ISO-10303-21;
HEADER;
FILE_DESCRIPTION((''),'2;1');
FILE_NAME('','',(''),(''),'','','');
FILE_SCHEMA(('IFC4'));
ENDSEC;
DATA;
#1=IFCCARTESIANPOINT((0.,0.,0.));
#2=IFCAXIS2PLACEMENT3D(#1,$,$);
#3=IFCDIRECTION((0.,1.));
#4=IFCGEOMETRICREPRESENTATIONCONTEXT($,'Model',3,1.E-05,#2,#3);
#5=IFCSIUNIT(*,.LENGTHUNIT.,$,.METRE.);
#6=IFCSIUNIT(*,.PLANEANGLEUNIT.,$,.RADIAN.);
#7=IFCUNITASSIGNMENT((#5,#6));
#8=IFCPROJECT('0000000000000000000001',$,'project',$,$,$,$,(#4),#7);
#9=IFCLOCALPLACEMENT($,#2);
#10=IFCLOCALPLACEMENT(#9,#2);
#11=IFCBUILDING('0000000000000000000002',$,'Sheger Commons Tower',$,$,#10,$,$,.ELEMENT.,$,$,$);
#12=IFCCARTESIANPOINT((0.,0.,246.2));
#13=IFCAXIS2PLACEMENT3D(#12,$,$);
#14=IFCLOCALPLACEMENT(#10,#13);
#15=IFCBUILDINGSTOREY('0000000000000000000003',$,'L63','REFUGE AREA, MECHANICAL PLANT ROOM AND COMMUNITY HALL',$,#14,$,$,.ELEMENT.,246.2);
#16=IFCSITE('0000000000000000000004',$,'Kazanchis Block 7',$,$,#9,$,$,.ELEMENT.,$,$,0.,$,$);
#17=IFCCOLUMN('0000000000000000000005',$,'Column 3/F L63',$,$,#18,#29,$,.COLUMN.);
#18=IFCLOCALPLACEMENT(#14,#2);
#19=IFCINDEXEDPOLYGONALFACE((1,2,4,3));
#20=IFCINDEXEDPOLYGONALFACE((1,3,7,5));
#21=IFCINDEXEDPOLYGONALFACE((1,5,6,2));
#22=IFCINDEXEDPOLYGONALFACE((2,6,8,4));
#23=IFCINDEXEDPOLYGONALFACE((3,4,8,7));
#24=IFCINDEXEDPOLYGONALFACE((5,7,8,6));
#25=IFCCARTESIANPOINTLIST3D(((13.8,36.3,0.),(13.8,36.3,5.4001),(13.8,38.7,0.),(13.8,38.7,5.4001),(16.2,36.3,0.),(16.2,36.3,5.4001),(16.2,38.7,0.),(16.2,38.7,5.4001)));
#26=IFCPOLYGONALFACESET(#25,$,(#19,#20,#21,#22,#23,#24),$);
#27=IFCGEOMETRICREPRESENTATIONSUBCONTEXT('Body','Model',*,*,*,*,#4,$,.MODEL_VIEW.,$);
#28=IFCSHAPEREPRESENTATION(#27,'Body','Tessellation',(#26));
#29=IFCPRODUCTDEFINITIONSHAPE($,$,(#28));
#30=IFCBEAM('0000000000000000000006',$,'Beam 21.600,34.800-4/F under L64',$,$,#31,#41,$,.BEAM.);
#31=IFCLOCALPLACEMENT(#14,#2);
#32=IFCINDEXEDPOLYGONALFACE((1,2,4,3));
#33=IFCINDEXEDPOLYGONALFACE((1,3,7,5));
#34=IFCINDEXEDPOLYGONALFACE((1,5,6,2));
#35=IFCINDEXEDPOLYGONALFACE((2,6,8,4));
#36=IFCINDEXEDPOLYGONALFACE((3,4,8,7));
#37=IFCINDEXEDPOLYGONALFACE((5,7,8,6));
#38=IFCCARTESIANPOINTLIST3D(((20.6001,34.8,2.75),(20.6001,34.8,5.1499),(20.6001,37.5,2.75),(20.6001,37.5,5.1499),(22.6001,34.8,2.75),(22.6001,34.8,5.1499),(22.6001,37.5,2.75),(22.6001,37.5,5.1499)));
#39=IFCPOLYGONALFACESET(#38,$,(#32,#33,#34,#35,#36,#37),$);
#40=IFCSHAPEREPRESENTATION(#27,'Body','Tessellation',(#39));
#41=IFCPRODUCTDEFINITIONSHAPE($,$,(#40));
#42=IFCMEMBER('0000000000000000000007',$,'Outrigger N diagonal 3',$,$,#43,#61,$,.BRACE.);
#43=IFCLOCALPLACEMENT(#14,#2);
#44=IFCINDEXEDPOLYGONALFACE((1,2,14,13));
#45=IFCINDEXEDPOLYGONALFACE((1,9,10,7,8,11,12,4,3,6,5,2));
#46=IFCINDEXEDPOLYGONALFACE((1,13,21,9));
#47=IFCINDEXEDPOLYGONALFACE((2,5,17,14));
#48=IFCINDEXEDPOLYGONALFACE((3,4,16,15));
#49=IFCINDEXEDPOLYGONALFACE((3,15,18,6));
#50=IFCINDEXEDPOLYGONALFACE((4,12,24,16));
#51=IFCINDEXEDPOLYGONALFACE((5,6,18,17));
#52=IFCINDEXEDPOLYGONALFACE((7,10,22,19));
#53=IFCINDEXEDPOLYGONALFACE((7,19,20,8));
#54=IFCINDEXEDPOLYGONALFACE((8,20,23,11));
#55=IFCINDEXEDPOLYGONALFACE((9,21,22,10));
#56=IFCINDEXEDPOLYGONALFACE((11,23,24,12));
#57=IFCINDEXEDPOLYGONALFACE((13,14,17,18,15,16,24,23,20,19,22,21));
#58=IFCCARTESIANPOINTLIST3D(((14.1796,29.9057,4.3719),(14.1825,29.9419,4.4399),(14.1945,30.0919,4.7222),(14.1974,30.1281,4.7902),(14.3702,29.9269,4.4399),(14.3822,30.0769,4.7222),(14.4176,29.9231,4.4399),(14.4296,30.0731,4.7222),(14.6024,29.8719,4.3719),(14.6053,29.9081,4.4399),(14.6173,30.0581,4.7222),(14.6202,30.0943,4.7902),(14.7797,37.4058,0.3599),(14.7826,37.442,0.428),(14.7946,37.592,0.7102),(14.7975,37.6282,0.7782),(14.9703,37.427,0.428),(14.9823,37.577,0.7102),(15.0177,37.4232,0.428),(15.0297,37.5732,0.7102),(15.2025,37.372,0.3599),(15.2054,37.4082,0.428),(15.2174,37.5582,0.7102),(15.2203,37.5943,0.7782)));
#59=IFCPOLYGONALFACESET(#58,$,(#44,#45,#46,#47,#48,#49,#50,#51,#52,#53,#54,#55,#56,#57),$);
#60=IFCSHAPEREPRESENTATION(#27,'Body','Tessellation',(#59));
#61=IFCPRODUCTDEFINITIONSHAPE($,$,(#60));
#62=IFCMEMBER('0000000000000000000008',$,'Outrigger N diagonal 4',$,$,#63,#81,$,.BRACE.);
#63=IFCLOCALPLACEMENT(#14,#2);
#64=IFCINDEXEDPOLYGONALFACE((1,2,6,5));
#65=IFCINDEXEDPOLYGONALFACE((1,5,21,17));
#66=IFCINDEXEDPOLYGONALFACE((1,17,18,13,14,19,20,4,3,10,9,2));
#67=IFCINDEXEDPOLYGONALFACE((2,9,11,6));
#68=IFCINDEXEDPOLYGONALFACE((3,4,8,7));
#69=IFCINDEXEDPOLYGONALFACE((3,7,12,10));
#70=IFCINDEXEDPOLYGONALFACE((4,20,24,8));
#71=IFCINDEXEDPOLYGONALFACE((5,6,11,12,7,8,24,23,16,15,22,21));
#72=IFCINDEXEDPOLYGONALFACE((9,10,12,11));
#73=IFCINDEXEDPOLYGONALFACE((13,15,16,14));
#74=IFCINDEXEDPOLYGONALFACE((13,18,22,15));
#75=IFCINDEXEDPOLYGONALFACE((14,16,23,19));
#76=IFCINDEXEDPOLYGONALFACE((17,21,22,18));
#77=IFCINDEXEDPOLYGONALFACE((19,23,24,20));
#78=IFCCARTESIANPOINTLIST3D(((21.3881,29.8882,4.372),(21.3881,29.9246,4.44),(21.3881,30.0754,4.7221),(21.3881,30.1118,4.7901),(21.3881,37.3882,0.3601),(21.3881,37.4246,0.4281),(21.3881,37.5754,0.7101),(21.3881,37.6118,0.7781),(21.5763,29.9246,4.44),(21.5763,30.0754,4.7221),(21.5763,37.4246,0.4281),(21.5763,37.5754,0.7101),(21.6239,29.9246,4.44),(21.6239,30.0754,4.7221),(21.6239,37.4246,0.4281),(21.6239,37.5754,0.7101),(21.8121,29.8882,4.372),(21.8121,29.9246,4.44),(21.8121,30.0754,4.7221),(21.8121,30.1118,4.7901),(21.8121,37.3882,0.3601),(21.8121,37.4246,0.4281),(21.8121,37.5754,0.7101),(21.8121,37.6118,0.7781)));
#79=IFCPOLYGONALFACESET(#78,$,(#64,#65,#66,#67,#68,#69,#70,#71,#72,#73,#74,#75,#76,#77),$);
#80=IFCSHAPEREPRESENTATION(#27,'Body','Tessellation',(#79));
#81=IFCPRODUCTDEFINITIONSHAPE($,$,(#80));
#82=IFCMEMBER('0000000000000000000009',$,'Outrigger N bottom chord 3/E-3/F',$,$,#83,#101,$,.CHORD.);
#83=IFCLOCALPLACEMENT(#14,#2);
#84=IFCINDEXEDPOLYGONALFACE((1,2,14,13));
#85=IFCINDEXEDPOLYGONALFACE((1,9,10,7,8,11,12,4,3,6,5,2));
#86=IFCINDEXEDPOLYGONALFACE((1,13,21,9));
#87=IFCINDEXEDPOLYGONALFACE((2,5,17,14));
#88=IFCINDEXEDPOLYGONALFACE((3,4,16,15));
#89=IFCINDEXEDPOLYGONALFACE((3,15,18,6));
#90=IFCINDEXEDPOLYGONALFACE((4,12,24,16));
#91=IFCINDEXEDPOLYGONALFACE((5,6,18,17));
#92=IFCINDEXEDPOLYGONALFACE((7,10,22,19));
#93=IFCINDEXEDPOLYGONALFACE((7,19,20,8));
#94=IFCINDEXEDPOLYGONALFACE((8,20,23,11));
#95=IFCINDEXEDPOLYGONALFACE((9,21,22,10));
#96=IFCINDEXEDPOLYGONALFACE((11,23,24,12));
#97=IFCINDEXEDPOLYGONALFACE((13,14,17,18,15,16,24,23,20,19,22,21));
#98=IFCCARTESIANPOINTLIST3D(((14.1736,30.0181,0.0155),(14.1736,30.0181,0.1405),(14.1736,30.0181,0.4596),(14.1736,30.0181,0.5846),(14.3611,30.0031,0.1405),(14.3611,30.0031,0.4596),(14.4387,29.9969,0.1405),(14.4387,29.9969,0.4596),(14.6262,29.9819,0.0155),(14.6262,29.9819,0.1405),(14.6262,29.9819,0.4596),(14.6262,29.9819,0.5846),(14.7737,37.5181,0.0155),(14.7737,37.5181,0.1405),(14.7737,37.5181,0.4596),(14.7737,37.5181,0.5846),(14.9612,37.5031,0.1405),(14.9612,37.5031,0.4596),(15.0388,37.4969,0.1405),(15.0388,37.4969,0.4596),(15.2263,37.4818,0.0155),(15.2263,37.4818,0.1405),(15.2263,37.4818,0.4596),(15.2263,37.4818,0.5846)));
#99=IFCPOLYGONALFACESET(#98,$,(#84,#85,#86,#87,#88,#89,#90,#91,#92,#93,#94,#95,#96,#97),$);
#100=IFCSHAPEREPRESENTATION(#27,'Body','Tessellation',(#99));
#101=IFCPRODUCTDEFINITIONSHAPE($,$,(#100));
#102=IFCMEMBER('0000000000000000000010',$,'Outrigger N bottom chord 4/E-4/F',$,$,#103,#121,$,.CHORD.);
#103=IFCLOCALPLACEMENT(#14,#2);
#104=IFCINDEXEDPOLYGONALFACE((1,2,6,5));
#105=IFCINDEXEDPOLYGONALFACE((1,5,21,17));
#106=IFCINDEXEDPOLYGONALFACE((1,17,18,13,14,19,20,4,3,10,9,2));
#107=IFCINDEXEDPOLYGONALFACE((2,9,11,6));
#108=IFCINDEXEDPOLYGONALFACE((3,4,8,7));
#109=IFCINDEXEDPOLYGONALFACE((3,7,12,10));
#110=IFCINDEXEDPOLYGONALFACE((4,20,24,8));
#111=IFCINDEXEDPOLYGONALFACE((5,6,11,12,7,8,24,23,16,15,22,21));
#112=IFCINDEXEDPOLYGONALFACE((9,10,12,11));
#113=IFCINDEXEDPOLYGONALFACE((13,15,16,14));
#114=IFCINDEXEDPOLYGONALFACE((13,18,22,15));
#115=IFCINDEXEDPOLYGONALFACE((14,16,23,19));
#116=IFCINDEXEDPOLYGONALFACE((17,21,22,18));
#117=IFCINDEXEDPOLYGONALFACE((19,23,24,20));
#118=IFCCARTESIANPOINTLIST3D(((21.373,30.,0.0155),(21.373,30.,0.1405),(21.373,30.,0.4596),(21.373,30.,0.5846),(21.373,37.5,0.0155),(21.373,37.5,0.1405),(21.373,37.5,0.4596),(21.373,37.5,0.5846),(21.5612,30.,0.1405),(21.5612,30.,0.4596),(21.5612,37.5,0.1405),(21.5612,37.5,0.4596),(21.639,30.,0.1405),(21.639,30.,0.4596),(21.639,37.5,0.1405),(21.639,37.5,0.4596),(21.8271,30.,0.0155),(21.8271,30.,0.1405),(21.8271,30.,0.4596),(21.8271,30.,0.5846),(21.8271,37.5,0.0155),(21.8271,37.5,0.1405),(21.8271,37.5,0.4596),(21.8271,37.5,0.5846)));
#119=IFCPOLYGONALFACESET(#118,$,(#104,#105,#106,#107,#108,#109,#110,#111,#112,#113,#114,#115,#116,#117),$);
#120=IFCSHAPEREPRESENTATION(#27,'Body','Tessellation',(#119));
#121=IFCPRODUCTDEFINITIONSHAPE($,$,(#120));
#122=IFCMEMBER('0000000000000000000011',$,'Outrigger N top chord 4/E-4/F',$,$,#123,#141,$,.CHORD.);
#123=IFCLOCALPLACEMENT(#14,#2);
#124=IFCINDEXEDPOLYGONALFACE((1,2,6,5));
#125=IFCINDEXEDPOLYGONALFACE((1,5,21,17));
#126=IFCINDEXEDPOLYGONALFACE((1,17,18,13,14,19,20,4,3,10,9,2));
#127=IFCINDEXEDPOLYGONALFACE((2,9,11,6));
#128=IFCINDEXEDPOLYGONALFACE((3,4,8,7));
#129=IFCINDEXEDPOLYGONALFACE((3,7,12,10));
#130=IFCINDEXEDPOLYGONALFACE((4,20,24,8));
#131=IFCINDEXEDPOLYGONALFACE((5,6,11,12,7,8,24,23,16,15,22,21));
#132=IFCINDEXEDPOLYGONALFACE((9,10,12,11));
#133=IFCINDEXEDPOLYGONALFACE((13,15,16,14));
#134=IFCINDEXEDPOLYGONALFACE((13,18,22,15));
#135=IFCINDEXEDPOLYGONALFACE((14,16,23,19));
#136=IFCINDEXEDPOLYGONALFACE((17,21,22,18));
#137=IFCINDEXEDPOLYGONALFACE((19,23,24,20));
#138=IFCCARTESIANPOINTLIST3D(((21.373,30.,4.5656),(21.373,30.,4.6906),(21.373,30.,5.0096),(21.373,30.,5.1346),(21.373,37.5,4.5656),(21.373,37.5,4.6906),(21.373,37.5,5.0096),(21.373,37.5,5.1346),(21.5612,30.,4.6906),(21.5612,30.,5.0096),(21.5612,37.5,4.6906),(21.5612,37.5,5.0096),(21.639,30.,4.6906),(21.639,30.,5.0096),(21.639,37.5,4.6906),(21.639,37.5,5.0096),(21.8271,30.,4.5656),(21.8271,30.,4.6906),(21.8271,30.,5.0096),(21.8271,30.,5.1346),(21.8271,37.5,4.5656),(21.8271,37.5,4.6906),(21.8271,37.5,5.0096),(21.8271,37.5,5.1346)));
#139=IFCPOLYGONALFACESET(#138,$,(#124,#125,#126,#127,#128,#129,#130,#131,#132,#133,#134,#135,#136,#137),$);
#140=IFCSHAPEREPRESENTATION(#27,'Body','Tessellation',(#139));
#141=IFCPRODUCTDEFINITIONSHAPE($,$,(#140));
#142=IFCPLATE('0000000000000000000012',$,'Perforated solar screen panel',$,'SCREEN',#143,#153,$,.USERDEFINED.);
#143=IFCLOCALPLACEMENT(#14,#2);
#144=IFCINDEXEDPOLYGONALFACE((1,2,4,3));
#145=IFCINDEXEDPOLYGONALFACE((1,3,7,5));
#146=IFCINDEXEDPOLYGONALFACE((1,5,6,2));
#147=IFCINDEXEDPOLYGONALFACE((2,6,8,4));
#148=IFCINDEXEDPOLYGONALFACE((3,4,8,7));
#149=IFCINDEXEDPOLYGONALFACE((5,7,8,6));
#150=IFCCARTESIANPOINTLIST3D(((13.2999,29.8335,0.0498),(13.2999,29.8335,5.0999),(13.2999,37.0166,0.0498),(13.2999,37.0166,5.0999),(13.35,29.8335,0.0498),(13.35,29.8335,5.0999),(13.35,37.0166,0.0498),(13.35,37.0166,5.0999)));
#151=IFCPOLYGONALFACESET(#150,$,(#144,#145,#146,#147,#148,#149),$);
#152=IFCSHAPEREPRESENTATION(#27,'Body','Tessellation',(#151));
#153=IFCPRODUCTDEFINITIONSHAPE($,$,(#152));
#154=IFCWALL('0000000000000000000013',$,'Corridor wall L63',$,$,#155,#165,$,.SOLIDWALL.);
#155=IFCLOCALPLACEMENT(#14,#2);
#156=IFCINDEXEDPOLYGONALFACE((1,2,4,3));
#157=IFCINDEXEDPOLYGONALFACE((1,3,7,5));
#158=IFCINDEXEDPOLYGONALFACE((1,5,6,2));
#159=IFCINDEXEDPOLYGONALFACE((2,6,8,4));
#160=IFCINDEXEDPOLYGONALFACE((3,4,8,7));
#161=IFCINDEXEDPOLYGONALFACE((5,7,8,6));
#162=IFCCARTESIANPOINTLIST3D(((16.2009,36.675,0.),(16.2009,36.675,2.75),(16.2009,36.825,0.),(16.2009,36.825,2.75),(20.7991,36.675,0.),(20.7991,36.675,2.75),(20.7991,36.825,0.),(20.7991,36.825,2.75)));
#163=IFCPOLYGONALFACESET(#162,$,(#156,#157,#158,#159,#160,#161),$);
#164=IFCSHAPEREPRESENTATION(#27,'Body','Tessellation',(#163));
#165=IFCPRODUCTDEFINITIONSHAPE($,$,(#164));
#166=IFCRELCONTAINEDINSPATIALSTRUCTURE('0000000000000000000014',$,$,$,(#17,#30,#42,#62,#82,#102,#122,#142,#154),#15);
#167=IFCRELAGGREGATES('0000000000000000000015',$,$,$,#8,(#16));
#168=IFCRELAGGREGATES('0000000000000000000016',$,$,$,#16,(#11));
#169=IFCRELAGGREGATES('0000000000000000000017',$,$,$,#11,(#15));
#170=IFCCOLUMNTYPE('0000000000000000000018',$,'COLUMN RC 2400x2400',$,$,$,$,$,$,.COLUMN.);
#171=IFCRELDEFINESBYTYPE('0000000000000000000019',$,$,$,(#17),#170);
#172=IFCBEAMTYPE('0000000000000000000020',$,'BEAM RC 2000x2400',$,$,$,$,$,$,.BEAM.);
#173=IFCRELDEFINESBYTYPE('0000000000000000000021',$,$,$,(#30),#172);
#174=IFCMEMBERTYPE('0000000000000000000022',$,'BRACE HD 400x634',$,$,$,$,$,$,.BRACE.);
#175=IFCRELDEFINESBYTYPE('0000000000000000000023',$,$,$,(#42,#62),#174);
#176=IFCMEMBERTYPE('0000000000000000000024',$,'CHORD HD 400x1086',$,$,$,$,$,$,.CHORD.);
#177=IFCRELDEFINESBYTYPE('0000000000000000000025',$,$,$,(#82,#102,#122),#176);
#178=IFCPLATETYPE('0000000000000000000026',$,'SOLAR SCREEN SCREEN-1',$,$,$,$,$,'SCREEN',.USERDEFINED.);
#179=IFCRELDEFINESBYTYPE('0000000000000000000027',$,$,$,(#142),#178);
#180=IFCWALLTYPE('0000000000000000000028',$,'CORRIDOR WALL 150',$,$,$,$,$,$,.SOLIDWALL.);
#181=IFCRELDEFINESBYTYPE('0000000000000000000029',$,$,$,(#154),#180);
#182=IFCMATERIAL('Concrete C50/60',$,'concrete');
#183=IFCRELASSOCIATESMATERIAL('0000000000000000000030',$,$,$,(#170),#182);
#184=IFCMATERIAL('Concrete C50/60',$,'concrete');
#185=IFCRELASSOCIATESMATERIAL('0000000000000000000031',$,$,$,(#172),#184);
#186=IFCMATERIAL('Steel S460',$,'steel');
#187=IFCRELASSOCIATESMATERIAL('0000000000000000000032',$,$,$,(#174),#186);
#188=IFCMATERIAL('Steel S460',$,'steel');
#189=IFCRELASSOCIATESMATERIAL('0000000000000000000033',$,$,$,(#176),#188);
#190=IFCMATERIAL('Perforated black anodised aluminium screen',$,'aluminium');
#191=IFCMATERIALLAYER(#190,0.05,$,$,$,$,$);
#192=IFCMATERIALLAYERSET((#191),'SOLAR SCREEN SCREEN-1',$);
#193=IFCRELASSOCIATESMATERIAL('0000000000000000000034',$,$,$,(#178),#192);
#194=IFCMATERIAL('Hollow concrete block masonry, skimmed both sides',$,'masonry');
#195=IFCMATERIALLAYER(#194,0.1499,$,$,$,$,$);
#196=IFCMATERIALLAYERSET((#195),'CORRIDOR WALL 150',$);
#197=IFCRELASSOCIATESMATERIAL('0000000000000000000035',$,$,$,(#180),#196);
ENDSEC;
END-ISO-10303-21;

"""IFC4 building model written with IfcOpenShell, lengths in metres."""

from ifc_helpers import new_model, si_unit, direction, frame, frame_2d, origin, origin_2d, place, context, subcontext, project, spatial, rectangle, i_section, extrude, material, layer, layer_set, material_profile, profile_set, type_object, element, save


model = new_model("IFC4")

# Units and contexts
model_context = context("Model", 3, precision=1e-05, world=origin(), true_north=direction((0.0, 1.0)))
body_context = subcontext(model_context, "Body", "Model", "MODEL_VIEW")
ifc_project = project(units=[si_unit("LENGTHUNIT", "METRE"), si_unit("PLANEANGLEUNIT", "RADIAN")], contexts=[model_context])

# Site, building, storey
site_placement = place(None, origin())
site = spatial("IfcSite", under=ifc_project, at=site_placement, Name="Kazanchis Block 7", CompositionType="ELEMENT", RefElevation=0.0)
building_placement = place(site_placement, origin())
building = spatial("IfcBuilding", under=site, at=building_placement, Name="Sheger Commons Tower", CompositionType="ELEMENT")
storey_placement = place(building_placement, frame((0.0, 0.0, 246.2)))
storey = spatial("IfcBuildingStorey", under=building, at=storey_placement, Name="L63", Description="REFUGE AREA, MECHANICAL PLANT ROOM AND COMMUNITY HALL", CompositionType="ELEMENT", Elevation=246.2)

# Column
ifc_material_1 = material(Name="Concrete C50/60", Category="concrete")
ifc_material_profile_1 = material_profile(ifc_material_1, rectangle(XDim=2.3999, YDim=2.3999, at=origin_2d()), Name="RC 2400x2400")
ifc_profile_set_1 = profile_set([ifc_material_profile_1], Name="Concrete C50/60")
column_type = type_object("IfcColumnType", Name="COLUMN RC 2400x2400", PredefinedType="COLUMN", material=ifc_profile_set_1)
column_placement = place(storey_placement, frame((15.0, 37.5, 0.0), z_axis=(0.0, 0.0, 1.0), x_axis=(1.0, 0.0, 0.0)))
element("IfcColumn", 1, at=column_placement, inside=storey, type_object=column_type, Name="Column 3/F L63", PredefinedType="COLUMN", context=body_context, shape_type="SweptSolid", body=[
    extrude(rectangle(XDim=2.3999, YDim=2.3999, at=origin_2d()), origin(), (0.0, 0.0, 1.0), 5.4001),
])

# Beam
ifc_material_2 = material(Name="Concrete C50/60", Category="concrete")
ifc_material_profile_2 = material_profile(ifc_material_2, rectangle(XDim=2.0, YDim=2.3999, at=origin_2d()), Name="RC 2000x2400")
ifc_profile_set_2 = profile_set([ifc_material_profile_2], Name="Concrete C50/60")
beam_type = type_object("IfcBeamType", Name="BEAM RC 2000x2400", PredefinedType="BEAM", material=ifc_profile_set_2)
beam_placement = place(storey_placement, frame((21.6001, 34.8, 3.95), z_axis=(0.0, 1.0, 0.0), x_axis=(-1.0, 0.0, 0.0)))
element("IfcBeam", 2, at=beam_placement, inside=storey, type_object=beam_type, Name="Beam 21.600,34.800-4/F under L64", PredefinedType="BEAM", context=body_context, shape_type="SweptSolid", body=[
    extrude(rectangle(XDim=2.0, YDim=2.3999, at=origin_2d()), origin(), (0.0, 0.0, 1.0), 2.7),
])

# Members
ifc_material_3 = material(Name="Steel S460", Category="steel")
ifc_material_profile_3 = material_profile(ifc_material_3, i_section(OverallWidth=0.4241, OverallDepth=0.4741, WebThickness=0.0476, FlangeThickness=0.0771, at=origin_2d()), Name="HD 400x634")
ifc_profile_set_3 = profile_set([ifc_material_profile_3], Name="Steel S460")
member_type_1 = type_object("IfcMemberType", Name="BRACE HD 400x634", PredefinedType="BRACE", material=ifc_profile_set_3)
member_1_placement = place(storey_placement, frame((14.3999, 30.0, 4.5811), z_axis=(0.070378, 0.879582, -0.470513), x_axis=(-0.996814, 0.079758, 0.0)))
element("IfcMember", 3, at=member_1_placement, inside=storey, type_object=member_type_1, Name="Outrigger N diagonal 3", PredefinedType="BRACE", context=body_context, shape_type="SweptSolid", body=[
    extrude(i_section(OverallWidth=0.4241, OverallDepth=0.4741, WebThickness=0.0476, FlangeThickness=0.0771, at=origin_2d()), origin(), (0.0, 0.0, 1.0), 8.5269),
])
member_2_placement = place(storey_placement, frame((21.6001, 30.0, 4.5811), z_axis=(0.0, 0.881768, -0.471683), x_axis=(-1.0, 0.0, 0.0)))
element("IfcMember", 4, at=member_2_placement, inside=storey, type_object=member_type_1, Name="Outrigger N diagonal 4", PredefinedType="BRACE", context=body_context, shape_type="SweptSolid", body=[
    extrude(i_section(OverallWidth=0.4241, OverallDepth=0.4741, WebThickness=0.0476, FlangeThickness=0.0771, at=origin_2d()), origin(), (0.0, 0.0, 1.0), 8.5056),
])
ifc_material_4 = material(Name="Steel S460", Category="steel")
ifc_material_profile_4 = material_profile(ifc_material_4, i_section(OverallWidth=0.4541, OverallDepth=0.5691, WebThickness=0.0779, FlangeThickness=0.125, at=origin_2d()), Name="HD 400x1086")
ifc_profile_set_4 = profile_set([ifc_material_profile_4], Name="Steel S460")
member_type_2 = type_object("IfcMemberType", Name="CHORD HD 400x1086", PredefinedType="CHORD", material=ifc_profile_set_4)
member_3_placement = place(storey_placement, frame((14.3999, 30.0, 0.3), z_axis=(0.079758, 0.996814, 0.0), x_axis=(-0.996814, 0.079758, 0.0)))
element("IfcMember", 5, at=member_3_placement, inside=storey, type_object=member_type_2, Name="Outrigger N bottom chord 3/E-3/F", PredefinedType="CHORD", context=body_context, shape_type="SweptSolid", body=[
    extrude(i_section(OverallWidth=0.4541, OverallDepth=0.5691, WebThickness=0.0779, FlangeThickness=0.125, at=origin_2d()), origin(), (0.0, 0.0, 1.0), 7.5239),
])
for number, where, z_axis, x_axis, name in (
    (6, (21.6001, 30.0, 0.3), (0.0, 1.0, 0.0), (-1.0, 0.0, 0.0), "Outrigger N bottom chord 4/E-4/F"),
    (7, (21.6001, 30.0, 4.8501), (0.0, 1.0, 0.0), (-1.0, 0.0, 0.0), "Outrigger N top chord 4/E-4/F"),
):
    element("IfcMember", number, at=place(storey_placement, frame(where, z_axis=z_axis, x_axis=x_axis)), inside=storey, type_object=member_type_2, Name=name, PredefinedType="CHORD", context=body_context, shape_type="SweptSolid", body=[
        extrude(i_section(OverallWidth=0.4541, OverallDepth=0.5691, WebThickness=0.0779, FlangeThickness=0.125, at=origin_2d()), origin(), (0.0, 0.0, 1.0), 7.5),
    ])

# Plate
ifc_material_5 = material(Name="Perforated black anodised aluminium screen", Category="aluminium")
ifc_layer_1 = layer(ifc_material_5, 0.05)
ifc_layer_set_1 = layer_set([ifc_layer_1], Name="SOLAR SCREEN SCREEN-1")
plate_type = type_object("IfcPlateType", Name="SOLAR SCREEN SCREEN-1", ElementType="SCREEN", PredefinedType="USERDEFINED", material=ifc_layer_set_1)
plate_placement = place(storey_placement, frame((13.325, 33.425, 0.0498), z_axis=(0.0, 0.0, 1.0), x_axis=(0.0, -1.0, 0.0)))
element("IfcPlate", 8, at=plate_placement, inside=storey, type_object=plate_type, Name="Perforated solar screen panel", ObjectType="SCREEN", PredefinedType="USERDEFINED", context=body_context, shape_type="SweptSolid", body=[
    extrude(rectangle(XDim=7.1831, YDim=0.05, at=origin_2d()), origin(), (0.0, 0.0, 1.0), 5.05),
])

# Wall
ifc_material_6 = material(Name="Hollow concrete block masonry, skimmed both sides", Category="masonry")
ifc_layer_2 = layer(ifc_material_6, 0.1499)
ifc_layer_set_2 = layer_set([ifc_layer_2], Name="CORRIDOR WALL 150")
wall_type_1 = type_object("IfcWallType", Name="CORRIDOR WALL 150", PredefinedType="SOLIDWALL", material=ifc_layer_set_2)
wall_1_placement = place(storey_placement, frame((16.2009, 36.75, 0.0), z_axis=(0.0, 0.0, 1.0), x_axis=(1.0, 0.0, 0.0)))
element("IfcWall", 9, at=wall_1_placement, inside=storey, type_object=wall_type_1, Name="Corridor wall L63", PredefinedType="SOLIDWALL", context=body_context, shape_type="SweptSolid", body=[
    extrude(rectangle(XDim=4.5981, YDim=0.1499, at=frame_2d((2.2991, 0.0))), origin(), (0.0, 0.0, 1.0), 2.75),
])

save(model, "model.ifc")
